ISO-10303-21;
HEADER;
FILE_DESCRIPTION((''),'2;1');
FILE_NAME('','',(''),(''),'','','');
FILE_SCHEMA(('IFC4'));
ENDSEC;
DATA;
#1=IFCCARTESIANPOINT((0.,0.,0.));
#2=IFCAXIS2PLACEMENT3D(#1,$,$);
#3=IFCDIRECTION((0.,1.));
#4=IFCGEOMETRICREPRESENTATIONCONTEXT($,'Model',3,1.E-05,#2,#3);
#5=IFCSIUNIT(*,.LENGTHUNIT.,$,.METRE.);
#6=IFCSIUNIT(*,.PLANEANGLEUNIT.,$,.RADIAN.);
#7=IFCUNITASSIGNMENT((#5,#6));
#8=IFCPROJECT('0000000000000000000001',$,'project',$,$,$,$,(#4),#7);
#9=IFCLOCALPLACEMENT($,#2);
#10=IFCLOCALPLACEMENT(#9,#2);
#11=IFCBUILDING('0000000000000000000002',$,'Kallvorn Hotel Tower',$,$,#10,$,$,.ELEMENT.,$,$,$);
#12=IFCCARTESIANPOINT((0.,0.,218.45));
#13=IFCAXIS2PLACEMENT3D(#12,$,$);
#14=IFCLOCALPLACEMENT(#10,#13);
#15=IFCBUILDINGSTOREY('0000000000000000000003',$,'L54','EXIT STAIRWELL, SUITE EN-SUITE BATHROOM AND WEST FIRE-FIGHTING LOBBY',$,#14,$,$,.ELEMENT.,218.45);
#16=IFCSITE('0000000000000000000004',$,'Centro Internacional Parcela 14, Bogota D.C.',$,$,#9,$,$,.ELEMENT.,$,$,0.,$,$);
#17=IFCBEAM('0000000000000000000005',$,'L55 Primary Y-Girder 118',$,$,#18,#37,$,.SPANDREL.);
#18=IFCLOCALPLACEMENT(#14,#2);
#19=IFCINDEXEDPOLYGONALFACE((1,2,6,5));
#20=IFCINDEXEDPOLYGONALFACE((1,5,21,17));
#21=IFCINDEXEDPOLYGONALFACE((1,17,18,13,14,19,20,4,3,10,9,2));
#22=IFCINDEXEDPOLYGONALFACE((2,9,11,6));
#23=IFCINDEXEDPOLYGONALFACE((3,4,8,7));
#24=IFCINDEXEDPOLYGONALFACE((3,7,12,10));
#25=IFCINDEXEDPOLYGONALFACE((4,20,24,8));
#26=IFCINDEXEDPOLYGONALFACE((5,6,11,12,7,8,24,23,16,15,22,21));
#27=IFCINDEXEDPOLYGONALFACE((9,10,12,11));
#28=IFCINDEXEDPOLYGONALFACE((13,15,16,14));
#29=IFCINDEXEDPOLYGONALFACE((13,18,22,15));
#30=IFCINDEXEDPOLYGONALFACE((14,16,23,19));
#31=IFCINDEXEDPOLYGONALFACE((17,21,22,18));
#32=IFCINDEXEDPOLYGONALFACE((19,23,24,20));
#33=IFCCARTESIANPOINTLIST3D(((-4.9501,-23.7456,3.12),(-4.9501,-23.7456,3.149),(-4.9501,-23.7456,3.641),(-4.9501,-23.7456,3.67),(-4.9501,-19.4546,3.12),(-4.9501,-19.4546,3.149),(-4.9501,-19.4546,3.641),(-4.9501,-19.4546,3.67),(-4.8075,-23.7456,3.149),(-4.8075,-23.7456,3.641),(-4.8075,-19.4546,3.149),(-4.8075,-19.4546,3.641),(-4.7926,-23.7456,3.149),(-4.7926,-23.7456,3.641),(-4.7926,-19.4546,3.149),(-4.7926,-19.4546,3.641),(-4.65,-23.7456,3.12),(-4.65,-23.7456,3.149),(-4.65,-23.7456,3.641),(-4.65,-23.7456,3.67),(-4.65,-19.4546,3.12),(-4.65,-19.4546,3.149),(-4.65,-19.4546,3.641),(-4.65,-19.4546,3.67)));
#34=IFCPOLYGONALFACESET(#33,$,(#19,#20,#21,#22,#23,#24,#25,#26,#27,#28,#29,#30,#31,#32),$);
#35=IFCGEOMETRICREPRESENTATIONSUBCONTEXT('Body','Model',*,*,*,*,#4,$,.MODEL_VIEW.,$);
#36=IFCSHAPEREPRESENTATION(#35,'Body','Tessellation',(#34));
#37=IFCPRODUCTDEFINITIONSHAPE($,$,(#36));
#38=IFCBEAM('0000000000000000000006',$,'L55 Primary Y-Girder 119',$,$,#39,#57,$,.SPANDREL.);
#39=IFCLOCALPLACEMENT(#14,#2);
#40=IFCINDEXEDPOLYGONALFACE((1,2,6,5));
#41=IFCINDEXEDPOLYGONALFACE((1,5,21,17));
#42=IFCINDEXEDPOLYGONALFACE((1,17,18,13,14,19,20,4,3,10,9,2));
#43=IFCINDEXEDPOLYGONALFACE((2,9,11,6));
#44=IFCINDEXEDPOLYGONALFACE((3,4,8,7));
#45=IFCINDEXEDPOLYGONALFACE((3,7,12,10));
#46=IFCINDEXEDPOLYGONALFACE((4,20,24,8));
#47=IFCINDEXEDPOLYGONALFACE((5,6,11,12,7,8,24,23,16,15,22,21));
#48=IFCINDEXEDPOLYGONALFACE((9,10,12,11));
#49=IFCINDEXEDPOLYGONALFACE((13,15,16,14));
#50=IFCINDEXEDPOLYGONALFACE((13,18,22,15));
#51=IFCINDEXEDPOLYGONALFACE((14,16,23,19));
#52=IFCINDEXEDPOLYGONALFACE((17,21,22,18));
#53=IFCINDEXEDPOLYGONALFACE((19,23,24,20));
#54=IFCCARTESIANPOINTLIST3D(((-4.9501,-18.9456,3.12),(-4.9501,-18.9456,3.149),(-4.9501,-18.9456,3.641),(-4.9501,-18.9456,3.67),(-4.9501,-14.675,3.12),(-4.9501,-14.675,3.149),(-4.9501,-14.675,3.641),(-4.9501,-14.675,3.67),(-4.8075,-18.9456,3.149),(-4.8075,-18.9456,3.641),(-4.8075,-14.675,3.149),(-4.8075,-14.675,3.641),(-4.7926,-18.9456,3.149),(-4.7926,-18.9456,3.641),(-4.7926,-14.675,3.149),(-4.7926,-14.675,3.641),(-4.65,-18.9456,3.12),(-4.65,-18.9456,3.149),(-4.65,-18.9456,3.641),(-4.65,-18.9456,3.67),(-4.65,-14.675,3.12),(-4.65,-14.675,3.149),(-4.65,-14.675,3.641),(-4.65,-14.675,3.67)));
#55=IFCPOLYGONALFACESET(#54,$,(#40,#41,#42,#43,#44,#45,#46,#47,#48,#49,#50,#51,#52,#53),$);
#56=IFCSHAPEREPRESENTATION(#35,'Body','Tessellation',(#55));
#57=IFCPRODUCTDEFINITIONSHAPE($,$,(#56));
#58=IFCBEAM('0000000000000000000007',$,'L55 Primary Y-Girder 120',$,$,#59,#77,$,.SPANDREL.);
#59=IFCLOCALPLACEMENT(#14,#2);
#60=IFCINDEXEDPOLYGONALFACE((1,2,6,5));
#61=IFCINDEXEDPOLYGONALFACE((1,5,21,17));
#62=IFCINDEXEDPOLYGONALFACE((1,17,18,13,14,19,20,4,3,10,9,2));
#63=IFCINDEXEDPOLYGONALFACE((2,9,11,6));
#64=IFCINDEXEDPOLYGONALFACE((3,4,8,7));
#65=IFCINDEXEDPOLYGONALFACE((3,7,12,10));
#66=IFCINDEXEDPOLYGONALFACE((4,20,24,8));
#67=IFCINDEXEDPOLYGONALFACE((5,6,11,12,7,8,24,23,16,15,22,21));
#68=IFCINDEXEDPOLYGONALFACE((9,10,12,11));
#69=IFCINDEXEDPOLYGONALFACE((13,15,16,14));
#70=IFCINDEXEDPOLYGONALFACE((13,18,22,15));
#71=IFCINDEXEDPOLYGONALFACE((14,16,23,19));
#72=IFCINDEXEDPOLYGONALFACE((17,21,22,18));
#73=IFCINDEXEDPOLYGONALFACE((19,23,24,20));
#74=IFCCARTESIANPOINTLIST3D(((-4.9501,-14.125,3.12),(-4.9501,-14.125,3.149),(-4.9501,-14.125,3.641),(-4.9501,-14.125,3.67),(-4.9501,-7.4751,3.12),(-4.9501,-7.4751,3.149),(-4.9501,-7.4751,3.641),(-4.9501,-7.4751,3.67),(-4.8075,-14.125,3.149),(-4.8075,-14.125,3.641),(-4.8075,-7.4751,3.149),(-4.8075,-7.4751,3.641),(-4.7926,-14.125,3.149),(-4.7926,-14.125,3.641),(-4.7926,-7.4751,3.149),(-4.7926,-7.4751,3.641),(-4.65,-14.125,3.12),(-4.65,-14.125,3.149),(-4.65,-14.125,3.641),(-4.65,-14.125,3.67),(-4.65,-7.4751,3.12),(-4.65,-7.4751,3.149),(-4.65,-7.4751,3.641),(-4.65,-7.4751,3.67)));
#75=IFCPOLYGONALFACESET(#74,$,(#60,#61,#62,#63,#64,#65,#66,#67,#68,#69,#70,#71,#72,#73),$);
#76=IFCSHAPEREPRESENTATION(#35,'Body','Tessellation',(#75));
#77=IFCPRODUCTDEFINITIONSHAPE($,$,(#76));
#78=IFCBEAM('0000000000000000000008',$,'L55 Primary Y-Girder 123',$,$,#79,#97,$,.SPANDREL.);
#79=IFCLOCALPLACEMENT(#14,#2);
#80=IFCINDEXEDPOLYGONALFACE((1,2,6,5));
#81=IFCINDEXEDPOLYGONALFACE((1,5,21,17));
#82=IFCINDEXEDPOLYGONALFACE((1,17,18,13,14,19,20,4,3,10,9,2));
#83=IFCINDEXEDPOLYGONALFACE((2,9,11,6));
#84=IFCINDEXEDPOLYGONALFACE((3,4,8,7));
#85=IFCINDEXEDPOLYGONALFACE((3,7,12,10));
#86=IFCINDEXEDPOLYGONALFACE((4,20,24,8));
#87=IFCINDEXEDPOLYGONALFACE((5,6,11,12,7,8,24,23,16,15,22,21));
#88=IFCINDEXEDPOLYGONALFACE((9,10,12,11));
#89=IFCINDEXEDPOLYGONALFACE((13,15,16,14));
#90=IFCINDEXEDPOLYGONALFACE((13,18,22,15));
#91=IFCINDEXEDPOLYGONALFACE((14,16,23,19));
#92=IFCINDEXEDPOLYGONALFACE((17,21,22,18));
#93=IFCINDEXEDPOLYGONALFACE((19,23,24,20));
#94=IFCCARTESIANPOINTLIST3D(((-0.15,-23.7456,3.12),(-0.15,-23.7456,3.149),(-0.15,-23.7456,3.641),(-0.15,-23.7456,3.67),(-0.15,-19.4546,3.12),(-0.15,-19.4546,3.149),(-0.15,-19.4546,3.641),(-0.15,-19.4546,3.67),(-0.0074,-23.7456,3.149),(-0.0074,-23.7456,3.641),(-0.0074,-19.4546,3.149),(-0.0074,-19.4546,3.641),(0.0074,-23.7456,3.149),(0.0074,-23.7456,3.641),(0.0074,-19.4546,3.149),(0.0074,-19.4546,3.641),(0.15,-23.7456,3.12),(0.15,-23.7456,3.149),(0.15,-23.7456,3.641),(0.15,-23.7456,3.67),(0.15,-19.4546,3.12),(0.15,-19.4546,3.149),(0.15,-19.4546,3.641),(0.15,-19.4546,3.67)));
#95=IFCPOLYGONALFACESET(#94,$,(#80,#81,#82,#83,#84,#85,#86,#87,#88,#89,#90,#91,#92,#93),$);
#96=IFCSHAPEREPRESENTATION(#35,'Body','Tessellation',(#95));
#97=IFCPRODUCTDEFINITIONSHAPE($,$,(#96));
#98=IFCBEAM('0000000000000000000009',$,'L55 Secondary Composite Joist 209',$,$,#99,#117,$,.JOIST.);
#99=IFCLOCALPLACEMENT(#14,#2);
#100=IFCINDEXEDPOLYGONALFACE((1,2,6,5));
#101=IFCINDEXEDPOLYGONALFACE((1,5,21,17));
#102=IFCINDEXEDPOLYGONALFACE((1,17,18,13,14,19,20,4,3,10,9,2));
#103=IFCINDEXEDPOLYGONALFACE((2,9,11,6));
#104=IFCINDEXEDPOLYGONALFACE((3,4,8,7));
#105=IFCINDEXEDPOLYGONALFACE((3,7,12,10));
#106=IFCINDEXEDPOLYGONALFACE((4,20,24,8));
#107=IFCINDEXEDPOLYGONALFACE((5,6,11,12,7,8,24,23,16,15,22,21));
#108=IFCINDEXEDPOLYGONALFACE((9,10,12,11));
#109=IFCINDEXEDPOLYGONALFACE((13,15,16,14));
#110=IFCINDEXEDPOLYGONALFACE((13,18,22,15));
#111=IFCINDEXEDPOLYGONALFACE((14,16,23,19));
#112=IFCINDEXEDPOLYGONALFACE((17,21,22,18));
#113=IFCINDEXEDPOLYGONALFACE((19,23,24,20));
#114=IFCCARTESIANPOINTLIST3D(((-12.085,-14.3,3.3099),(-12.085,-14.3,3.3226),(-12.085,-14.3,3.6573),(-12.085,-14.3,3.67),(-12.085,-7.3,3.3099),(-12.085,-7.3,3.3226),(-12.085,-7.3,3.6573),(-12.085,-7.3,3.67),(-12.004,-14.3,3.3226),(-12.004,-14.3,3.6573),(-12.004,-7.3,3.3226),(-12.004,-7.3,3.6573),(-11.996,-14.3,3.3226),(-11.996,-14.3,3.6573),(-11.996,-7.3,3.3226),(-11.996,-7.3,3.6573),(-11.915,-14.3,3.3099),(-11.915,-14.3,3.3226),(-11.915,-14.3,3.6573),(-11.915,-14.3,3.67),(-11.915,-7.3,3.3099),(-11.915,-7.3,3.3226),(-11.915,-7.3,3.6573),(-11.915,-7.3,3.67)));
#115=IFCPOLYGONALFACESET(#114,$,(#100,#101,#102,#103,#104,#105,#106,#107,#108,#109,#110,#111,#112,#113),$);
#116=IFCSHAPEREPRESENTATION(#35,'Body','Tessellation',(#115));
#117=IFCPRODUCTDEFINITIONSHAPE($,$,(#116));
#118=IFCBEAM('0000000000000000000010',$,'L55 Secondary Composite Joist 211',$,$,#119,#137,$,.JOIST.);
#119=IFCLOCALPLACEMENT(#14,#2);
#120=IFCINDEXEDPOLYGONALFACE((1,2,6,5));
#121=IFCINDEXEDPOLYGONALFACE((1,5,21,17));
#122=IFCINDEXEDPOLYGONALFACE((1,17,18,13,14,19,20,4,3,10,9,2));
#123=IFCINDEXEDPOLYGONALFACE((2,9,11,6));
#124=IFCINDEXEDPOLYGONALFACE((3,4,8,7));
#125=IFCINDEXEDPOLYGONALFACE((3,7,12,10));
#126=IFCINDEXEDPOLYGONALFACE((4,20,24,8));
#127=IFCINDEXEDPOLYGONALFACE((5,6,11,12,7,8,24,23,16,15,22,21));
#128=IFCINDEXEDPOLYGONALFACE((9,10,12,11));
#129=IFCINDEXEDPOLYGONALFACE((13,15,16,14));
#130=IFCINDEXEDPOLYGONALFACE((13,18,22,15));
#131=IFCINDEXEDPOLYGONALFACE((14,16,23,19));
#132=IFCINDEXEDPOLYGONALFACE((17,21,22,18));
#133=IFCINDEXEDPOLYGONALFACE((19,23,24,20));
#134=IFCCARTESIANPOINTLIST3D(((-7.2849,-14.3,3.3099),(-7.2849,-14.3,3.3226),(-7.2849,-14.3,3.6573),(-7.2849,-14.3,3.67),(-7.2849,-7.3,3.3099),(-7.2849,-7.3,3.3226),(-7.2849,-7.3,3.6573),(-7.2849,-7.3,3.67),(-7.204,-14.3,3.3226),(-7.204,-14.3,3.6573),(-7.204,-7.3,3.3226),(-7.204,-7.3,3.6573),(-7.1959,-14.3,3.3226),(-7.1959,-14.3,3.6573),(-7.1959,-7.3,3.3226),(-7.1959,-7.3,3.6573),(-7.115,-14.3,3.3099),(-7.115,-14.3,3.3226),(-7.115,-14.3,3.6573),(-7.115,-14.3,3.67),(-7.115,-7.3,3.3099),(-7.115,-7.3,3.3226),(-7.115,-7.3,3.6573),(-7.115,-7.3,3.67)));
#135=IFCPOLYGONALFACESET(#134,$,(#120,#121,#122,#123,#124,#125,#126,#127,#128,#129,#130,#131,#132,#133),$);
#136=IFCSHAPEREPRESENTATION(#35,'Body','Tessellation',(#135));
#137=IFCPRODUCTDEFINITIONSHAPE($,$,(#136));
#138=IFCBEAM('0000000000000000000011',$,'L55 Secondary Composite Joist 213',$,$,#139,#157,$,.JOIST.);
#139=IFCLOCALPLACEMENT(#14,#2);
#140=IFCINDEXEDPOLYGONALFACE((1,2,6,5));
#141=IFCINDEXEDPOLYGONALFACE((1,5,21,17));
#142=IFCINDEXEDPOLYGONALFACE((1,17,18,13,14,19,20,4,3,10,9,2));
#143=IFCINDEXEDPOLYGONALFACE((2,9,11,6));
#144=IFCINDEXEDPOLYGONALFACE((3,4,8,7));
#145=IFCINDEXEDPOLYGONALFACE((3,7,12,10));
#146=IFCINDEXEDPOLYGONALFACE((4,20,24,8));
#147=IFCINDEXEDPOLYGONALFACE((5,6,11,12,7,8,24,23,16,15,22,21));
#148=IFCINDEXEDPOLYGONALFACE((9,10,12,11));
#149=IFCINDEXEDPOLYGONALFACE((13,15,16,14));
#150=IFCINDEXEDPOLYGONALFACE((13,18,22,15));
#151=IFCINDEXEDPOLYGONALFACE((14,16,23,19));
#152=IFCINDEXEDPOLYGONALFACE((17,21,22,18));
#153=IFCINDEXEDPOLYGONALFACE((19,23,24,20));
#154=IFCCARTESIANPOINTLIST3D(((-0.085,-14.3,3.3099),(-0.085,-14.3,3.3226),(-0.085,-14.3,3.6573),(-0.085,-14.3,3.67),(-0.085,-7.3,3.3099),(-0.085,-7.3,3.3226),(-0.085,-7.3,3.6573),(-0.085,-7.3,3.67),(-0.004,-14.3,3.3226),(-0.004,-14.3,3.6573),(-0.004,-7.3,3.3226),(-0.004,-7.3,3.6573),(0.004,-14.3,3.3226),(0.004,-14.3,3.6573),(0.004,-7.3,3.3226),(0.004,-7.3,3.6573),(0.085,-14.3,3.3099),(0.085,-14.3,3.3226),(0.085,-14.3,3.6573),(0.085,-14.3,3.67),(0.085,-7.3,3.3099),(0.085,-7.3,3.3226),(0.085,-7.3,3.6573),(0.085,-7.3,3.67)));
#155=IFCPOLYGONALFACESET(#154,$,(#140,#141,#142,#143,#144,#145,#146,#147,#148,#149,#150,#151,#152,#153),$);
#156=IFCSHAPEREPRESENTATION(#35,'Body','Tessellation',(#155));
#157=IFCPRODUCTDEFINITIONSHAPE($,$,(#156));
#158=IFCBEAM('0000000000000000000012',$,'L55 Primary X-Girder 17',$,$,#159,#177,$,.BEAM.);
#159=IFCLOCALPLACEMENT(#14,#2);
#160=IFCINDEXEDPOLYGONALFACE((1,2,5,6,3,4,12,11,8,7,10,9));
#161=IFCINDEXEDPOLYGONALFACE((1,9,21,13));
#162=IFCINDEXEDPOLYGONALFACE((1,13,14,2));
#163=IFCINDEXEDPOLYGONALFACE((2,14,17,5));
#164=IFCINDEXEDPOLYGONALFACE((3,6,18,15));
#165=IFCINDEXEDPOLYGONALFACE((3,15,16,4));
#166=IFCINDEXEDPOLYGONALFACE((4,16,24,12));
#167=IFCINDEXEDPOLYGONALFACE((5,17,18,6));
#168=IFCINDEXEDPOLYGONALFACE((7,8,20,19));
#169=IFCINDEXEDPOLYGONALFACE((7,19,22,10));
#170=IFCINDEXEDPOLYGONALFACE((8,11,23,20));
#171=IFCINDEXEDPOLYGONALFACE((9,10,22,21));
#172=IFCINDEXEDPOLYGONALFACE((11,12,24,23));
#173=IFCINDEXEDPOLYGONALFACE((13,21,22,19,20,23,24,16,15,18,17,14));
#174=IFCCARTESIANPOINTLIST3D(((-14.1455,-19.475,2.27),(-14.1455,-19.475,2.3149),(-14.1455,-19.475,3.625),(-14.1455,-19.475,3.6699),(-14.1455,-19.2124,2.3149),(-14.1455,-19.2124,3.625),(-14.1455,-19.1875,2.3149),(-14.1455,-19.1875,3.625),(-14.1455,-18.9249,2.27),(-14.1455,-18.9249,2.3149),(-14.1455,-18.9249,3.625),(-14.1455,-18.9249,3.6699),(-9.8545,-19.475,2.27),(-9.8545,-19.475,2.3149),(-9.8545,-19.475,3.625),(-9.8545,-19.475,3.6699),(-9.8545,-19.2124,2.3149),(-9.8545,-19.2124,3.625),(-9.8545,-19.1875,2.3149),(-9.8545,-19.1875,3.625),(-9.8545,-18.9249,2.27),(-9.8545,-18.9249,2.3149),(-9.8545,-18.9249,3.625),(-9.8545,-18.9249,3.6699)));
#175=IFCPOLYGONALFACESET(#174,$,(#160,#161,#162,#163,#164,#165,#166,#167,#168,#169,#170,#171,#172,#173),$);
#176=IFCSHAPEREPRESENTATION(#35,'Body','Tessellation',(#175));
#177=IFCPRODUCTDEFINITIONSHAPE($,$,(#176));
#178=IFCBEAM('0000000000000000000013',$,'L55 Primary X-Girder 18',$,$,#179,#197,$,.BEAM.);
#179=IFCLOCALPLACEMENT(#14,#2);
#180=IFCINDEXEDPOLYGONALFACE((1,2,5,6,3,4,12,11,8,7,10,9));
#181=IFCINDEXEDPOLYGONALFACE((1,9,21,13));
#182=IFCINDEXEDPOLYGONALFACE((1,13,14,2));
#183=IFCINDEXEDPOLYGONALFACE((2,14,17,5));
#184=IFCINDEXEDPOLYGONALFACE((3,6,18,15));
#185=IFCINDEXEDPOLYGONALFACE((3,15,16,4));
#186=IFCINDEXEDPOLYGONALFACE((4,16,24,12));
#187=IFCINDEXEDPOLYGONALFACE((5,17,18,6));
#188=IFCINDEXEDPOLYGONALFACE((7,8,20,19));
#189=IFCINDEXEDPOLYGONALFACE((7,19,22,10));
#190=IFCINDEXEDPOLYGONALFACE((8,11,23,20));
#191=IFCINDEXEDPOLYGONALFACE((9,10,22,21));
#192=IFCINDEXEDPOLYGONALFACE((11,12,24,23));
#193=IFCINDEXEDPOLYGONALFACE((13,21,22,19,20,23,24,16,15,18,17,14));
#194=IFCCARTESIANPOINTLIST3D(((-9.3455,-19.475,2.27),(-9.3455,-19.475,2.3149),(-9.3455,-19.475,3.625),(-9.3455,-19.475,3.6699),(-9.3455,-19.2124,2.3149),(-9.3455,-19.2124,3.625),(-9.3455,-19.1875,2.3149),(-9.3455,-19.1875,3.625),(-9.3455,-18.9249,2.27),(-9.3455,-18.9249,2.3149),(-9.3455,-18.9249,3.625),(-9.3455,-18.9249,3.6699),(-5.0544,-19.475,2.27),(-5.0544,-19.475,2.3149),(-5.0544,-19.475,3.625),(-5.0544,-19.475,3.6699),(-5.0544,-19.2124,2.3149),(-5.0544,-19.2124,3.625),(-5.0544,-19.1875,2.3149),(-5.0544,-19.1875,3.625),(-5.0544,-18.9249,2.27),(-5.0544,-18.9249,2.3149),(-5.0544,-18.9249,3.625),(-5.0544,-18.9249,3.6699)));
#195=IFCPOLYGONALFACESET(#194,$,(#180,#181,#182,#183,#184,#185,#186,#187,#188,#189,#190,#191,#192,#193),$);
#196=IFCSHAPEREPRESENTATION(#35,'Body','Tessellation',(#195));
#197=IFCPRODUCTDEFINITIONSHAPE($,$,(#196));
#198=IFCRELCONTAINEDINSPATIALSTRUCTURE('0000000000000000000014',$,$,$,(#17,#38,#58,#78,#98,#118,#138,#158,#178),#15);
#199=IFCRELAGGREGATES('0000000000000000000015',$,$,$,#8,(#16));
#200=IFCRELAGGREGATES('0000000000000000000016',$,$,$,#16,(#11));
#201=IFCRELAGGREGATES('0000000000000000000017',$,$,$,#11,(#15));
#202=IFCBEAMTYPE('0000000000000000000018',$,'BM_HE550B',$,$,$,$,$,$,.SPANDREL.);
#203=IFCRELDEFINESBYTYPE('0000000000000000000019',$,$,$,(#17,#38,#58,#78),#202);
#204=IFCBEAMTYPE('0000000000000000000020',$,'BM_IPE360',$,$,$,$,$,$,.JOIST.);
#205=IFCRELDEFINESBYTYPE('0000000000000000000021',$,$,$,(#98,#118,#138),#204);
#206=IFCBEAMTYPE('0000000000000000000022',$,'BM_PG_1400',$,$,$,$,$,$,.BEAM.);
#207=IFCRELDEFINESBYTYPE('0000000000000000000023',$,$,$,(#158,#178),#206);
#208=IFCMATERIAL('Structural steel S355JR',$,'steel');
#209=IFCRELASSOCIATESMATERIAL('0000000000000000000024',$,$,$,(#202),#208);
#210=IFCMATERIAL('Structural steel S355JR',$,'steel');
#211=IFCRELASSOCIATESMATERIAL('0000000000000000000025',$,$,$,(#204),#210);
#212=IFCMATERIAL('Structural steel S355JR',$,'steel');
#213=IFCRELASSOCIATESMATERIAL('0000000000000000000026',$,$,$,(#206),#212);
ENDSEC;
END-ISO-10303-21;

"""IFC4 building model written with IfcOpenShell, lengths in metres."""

from ifc_helpers import new_model, si_unit, direction, frame, origin, origin_2d, place, context, subcontext, project, spatial, i_section, extrude, material, material_profile, profile_set, type_object, element, save


model = new_model("IFC4")

# Units and contexts
model_context = context("Model", 3, precision=1e-05, world=origin(), true_north=direction((0.0, 1.0)))
body_context = subcontext(model_context, "Body", "Model", "MODEL_VIEW")
ifc_project = project(units=[si_unit("LENGTHUNIT", "METRE"), si_unit("PLANEANGLEUNIT", "RADIAN")], contexts=[model_context])

# Site, building, storey
site_placement = place(None, origin())
site = spatial("IfcSite", under=ifc_project, at=site_placement, Name="Centro Internacional Parcela 14, Bogota D.C.", CompositionType="ELEMENT", RefElevation=0.0)
building_placement = place(site_placement, origin())
building = spatial("IfcBuilding", under=site, at=building_placement, Name="Kallvorn Hotel Tower", CompositionType="ELEMENT")
storey_placement = place(building_placement, frame((0.0, 0.0, 218.45)))
storey = spatial("IfcBuildingStorey", under=building, at=storey_placement, Name="L54", Description="EXIT STAIRWELL, SUITE EN-SUITE BATHROOM AND WEST FIRE-FIGHTING LOBBY", CompositionType="ELEMENT", Elevation=218.45)

# Beams
ifc_material_1 = material(Name="Structural steel S355JR", Category="steel")
ifc_material_profile_1 = material_profile(ifc_material_1, i_section(OverallWidth=0.3, OverallDepth=0.55, WebThickness=0.0149, FlangeThickness=0.0291, at=origin_2d()), Name="HE 550 B")
ifc_profile_set_1 = profile_set([ifc_material_profile_1], Name="Structural steel S355JR")
beam_type_1 = type_object("IfcBeamType", Name="BM_HE550B", PredefinedType="SPANDREL", material=ifc_profile_set_1)
for number, where, z_axis, x_axis, name in (
    (1, (-4.8, -23.7456, 3.395), (0.0, 1.0, 0.0), (-1.0, 0.0, 0.0), "L55 Primary Y-Girder 118"),
):
    element("IfcBeam", number, at=place(storey_placement, frame(where, z_axis=z_axis, x_axis=x_axis)), inside=storey, type_object=beam_type_1, Name=name, PredefinedType="SPANDREL", context=body_context, shape_type="SweptSolid", body=[
        extrude(i_section(OverallWidth=0.3, OverallDepth=0.55, WebThickness=0.0149, FlangeThickness=0.0291, at=origin_2d()), origin(), (0.0, 0.0, 1.0), 4.291),
    ])
beam_1_placement = place(storey_placement, frame((-4.8, -18.9456, 3.395), z_axis=(0.0, 1.0, 0.0), x_axis=(-1.0, 0.0, 0.0)))
element("IfcBeam", 2, at=beam_1_placement, inside=storey, type_object=beam_type_1, Name="L55 Primary Y-Girder 119", PredefinedType="SPANDREL", context=body_context, shape_type="SweptSolid", body=[
    extrude(i_section(OverallWidth=0.3, OverallDepth=0.55, WebThickness=0.0149, FlangeThickness=0.0291, at=origin_2d()), origin(), (0.0, 0.0, 1.0), 4.2705),
])
beam_2_placement = place(storey_placement, frame((-4.8, -14.125, 3.395), z_axis=(0.0, 1.0, 0.0), x_axis=(-1.0, 0.0, 0.0)))
element("IfcBeam", 3, at=beam_2_placement, inside=storey, type_object=beam_type_1, Name="L55 Primary Y-Girder 120", PredefinedType="SPANDREL", context=body_context, shape_type="SweptSolid", body=[
    extrude(i_section(OverallWidth=0.3, OverallDepth=0.55, WebThickness=0.0149, FlangeThickness=0.0291, at=origin_2d()), origin(), (0.0, 0.0, 1.0), 6.6499),
])
beam_3_placement = place(storey_placement, frame((0.0, -23.7456, 3.395), z_axis=(0.0, 1.0, 0.0), x_axis=(-1.0, 0.0, 0.0)))
element("IfcBeam", 4, at=beam_3_placement, inside=storey, type_object=beam_type_1, Name="L55 Primary Y-Girder 123", PredefinedType="SPANDREL", context=body_context, shape_type="SweptSolid", body=[
    extrude(i_section(OverallWidth=0.3, OverallDepth=0.55, WebThickness=0.0149, FlangeThickness=0.0291, at=origin_2d()), origin(), (0.0, 0.0, 1.0), 4.291),
])
ifc_material_2 = material(Name="Structural steel S355JR", Category="steel")
ifc_material_profile_2 = material_profile(ifc_material_2, i_section(OverallWidth=0.1699, OverallDepth=0.3601, WebThickness=0.0081, FlangeThickness=0.0127, at=origin_2d()), Name="IPE 360")
ifc_profile_set_2 = profile_set([ifc_material_profile_2], Name="Structural steel S355JR")
beam_type_2 = type_object("IfcBeamType", Name="BM_IPE360", PredefinedType="JOIST", material=ifc_profile_set_2)
for number, where, z_axis, x_axis, name in (
    (5, (-12.0, -14.3, 3.49), (0.0, 1.0, 0.0), (-1.0, 0.0, 0.0), "L55 Secondary Composite Joist 209"),
    (6, (-7.2, -14.3, 3.49), (0.0, 1.0, 0.0), (-1.0, 0.0, 0.0), "L55 Secondary Composite Joist 211"),
    (7, (0.0, -14.3, 3.49), (0.0, 1.0, 0.0), (-1.0, 0.0, 0.0), "L55 Secondary Composite Joist 213"),
):
    element("IfcBeam", number, at=place(storey_placement, frame(where, z_axis=z_axis, x_axis=x_axis)), inside=storey, type_object=beam_type_2, Name=name, PredefinedType="JOIST", context=body_context, shape_type="SweptSolid", body=[
        extrude(i_section(OverallWidth=0.1699, OverallDepth=0.3601, WebThickness=0.0081, FlangeThickness=0.0127, at=origin_2d()), origin(), (0.0, 0.0, 1.0), 7.0),
    ])
ifc_material_3 = material(Name="Structural steel S355JR", Category="steel")
ifc_material_profile_3 = material_profile(ifc_material_3, i_section(OverallWidth=0.55, OverallDepth=1.3999, WebThickness=0.0249, FlangeThickness=0.0449, at=origin_2d()), Name="PG 1400x550x25x45")
ifc_profile_set_3 = profile_set([ifc_material_profile_3], Name="Structural steel S355JR")
beam_type_3 = type_object("IfcBeamType", Name="BM_PG_1400", PredefinedType="BEAM", material=ifc_profile_set_3)
for number, where, z_axis, x_axis, name in (
    (8, (-14.1455, -19.2, 2.97), (1.0, 0.0, 0.0), (0.0, 1.0, 0.0), "L55 Primary X-Girder 17"),
    (9, (-9.3455, -19.2, 2.97), (1.0, 0.0, 0.0), (0.0, 1.0, 0.0), "L55 Primary X-Girder 18"),
):
    element("IfcBeam", number, at=place(storey_placement, frame(where, z_axis=z_axis, x_axis=x_axis)), inside=storey, type_object=beam_type_3, Name=name, PredefinedType="BEAM", context=body_context, shape_type="SweptSolid", body=[
        extrude(i_section(OverallWidth=0.55, OverallDepth=1.3999, WebThickness=0.0249, FlangeThickness=0.0449, at=origin_2d()), origin(), (0.0, 0.0, 1.0), 4.291),
    ])

save(model, "model.ifc")
